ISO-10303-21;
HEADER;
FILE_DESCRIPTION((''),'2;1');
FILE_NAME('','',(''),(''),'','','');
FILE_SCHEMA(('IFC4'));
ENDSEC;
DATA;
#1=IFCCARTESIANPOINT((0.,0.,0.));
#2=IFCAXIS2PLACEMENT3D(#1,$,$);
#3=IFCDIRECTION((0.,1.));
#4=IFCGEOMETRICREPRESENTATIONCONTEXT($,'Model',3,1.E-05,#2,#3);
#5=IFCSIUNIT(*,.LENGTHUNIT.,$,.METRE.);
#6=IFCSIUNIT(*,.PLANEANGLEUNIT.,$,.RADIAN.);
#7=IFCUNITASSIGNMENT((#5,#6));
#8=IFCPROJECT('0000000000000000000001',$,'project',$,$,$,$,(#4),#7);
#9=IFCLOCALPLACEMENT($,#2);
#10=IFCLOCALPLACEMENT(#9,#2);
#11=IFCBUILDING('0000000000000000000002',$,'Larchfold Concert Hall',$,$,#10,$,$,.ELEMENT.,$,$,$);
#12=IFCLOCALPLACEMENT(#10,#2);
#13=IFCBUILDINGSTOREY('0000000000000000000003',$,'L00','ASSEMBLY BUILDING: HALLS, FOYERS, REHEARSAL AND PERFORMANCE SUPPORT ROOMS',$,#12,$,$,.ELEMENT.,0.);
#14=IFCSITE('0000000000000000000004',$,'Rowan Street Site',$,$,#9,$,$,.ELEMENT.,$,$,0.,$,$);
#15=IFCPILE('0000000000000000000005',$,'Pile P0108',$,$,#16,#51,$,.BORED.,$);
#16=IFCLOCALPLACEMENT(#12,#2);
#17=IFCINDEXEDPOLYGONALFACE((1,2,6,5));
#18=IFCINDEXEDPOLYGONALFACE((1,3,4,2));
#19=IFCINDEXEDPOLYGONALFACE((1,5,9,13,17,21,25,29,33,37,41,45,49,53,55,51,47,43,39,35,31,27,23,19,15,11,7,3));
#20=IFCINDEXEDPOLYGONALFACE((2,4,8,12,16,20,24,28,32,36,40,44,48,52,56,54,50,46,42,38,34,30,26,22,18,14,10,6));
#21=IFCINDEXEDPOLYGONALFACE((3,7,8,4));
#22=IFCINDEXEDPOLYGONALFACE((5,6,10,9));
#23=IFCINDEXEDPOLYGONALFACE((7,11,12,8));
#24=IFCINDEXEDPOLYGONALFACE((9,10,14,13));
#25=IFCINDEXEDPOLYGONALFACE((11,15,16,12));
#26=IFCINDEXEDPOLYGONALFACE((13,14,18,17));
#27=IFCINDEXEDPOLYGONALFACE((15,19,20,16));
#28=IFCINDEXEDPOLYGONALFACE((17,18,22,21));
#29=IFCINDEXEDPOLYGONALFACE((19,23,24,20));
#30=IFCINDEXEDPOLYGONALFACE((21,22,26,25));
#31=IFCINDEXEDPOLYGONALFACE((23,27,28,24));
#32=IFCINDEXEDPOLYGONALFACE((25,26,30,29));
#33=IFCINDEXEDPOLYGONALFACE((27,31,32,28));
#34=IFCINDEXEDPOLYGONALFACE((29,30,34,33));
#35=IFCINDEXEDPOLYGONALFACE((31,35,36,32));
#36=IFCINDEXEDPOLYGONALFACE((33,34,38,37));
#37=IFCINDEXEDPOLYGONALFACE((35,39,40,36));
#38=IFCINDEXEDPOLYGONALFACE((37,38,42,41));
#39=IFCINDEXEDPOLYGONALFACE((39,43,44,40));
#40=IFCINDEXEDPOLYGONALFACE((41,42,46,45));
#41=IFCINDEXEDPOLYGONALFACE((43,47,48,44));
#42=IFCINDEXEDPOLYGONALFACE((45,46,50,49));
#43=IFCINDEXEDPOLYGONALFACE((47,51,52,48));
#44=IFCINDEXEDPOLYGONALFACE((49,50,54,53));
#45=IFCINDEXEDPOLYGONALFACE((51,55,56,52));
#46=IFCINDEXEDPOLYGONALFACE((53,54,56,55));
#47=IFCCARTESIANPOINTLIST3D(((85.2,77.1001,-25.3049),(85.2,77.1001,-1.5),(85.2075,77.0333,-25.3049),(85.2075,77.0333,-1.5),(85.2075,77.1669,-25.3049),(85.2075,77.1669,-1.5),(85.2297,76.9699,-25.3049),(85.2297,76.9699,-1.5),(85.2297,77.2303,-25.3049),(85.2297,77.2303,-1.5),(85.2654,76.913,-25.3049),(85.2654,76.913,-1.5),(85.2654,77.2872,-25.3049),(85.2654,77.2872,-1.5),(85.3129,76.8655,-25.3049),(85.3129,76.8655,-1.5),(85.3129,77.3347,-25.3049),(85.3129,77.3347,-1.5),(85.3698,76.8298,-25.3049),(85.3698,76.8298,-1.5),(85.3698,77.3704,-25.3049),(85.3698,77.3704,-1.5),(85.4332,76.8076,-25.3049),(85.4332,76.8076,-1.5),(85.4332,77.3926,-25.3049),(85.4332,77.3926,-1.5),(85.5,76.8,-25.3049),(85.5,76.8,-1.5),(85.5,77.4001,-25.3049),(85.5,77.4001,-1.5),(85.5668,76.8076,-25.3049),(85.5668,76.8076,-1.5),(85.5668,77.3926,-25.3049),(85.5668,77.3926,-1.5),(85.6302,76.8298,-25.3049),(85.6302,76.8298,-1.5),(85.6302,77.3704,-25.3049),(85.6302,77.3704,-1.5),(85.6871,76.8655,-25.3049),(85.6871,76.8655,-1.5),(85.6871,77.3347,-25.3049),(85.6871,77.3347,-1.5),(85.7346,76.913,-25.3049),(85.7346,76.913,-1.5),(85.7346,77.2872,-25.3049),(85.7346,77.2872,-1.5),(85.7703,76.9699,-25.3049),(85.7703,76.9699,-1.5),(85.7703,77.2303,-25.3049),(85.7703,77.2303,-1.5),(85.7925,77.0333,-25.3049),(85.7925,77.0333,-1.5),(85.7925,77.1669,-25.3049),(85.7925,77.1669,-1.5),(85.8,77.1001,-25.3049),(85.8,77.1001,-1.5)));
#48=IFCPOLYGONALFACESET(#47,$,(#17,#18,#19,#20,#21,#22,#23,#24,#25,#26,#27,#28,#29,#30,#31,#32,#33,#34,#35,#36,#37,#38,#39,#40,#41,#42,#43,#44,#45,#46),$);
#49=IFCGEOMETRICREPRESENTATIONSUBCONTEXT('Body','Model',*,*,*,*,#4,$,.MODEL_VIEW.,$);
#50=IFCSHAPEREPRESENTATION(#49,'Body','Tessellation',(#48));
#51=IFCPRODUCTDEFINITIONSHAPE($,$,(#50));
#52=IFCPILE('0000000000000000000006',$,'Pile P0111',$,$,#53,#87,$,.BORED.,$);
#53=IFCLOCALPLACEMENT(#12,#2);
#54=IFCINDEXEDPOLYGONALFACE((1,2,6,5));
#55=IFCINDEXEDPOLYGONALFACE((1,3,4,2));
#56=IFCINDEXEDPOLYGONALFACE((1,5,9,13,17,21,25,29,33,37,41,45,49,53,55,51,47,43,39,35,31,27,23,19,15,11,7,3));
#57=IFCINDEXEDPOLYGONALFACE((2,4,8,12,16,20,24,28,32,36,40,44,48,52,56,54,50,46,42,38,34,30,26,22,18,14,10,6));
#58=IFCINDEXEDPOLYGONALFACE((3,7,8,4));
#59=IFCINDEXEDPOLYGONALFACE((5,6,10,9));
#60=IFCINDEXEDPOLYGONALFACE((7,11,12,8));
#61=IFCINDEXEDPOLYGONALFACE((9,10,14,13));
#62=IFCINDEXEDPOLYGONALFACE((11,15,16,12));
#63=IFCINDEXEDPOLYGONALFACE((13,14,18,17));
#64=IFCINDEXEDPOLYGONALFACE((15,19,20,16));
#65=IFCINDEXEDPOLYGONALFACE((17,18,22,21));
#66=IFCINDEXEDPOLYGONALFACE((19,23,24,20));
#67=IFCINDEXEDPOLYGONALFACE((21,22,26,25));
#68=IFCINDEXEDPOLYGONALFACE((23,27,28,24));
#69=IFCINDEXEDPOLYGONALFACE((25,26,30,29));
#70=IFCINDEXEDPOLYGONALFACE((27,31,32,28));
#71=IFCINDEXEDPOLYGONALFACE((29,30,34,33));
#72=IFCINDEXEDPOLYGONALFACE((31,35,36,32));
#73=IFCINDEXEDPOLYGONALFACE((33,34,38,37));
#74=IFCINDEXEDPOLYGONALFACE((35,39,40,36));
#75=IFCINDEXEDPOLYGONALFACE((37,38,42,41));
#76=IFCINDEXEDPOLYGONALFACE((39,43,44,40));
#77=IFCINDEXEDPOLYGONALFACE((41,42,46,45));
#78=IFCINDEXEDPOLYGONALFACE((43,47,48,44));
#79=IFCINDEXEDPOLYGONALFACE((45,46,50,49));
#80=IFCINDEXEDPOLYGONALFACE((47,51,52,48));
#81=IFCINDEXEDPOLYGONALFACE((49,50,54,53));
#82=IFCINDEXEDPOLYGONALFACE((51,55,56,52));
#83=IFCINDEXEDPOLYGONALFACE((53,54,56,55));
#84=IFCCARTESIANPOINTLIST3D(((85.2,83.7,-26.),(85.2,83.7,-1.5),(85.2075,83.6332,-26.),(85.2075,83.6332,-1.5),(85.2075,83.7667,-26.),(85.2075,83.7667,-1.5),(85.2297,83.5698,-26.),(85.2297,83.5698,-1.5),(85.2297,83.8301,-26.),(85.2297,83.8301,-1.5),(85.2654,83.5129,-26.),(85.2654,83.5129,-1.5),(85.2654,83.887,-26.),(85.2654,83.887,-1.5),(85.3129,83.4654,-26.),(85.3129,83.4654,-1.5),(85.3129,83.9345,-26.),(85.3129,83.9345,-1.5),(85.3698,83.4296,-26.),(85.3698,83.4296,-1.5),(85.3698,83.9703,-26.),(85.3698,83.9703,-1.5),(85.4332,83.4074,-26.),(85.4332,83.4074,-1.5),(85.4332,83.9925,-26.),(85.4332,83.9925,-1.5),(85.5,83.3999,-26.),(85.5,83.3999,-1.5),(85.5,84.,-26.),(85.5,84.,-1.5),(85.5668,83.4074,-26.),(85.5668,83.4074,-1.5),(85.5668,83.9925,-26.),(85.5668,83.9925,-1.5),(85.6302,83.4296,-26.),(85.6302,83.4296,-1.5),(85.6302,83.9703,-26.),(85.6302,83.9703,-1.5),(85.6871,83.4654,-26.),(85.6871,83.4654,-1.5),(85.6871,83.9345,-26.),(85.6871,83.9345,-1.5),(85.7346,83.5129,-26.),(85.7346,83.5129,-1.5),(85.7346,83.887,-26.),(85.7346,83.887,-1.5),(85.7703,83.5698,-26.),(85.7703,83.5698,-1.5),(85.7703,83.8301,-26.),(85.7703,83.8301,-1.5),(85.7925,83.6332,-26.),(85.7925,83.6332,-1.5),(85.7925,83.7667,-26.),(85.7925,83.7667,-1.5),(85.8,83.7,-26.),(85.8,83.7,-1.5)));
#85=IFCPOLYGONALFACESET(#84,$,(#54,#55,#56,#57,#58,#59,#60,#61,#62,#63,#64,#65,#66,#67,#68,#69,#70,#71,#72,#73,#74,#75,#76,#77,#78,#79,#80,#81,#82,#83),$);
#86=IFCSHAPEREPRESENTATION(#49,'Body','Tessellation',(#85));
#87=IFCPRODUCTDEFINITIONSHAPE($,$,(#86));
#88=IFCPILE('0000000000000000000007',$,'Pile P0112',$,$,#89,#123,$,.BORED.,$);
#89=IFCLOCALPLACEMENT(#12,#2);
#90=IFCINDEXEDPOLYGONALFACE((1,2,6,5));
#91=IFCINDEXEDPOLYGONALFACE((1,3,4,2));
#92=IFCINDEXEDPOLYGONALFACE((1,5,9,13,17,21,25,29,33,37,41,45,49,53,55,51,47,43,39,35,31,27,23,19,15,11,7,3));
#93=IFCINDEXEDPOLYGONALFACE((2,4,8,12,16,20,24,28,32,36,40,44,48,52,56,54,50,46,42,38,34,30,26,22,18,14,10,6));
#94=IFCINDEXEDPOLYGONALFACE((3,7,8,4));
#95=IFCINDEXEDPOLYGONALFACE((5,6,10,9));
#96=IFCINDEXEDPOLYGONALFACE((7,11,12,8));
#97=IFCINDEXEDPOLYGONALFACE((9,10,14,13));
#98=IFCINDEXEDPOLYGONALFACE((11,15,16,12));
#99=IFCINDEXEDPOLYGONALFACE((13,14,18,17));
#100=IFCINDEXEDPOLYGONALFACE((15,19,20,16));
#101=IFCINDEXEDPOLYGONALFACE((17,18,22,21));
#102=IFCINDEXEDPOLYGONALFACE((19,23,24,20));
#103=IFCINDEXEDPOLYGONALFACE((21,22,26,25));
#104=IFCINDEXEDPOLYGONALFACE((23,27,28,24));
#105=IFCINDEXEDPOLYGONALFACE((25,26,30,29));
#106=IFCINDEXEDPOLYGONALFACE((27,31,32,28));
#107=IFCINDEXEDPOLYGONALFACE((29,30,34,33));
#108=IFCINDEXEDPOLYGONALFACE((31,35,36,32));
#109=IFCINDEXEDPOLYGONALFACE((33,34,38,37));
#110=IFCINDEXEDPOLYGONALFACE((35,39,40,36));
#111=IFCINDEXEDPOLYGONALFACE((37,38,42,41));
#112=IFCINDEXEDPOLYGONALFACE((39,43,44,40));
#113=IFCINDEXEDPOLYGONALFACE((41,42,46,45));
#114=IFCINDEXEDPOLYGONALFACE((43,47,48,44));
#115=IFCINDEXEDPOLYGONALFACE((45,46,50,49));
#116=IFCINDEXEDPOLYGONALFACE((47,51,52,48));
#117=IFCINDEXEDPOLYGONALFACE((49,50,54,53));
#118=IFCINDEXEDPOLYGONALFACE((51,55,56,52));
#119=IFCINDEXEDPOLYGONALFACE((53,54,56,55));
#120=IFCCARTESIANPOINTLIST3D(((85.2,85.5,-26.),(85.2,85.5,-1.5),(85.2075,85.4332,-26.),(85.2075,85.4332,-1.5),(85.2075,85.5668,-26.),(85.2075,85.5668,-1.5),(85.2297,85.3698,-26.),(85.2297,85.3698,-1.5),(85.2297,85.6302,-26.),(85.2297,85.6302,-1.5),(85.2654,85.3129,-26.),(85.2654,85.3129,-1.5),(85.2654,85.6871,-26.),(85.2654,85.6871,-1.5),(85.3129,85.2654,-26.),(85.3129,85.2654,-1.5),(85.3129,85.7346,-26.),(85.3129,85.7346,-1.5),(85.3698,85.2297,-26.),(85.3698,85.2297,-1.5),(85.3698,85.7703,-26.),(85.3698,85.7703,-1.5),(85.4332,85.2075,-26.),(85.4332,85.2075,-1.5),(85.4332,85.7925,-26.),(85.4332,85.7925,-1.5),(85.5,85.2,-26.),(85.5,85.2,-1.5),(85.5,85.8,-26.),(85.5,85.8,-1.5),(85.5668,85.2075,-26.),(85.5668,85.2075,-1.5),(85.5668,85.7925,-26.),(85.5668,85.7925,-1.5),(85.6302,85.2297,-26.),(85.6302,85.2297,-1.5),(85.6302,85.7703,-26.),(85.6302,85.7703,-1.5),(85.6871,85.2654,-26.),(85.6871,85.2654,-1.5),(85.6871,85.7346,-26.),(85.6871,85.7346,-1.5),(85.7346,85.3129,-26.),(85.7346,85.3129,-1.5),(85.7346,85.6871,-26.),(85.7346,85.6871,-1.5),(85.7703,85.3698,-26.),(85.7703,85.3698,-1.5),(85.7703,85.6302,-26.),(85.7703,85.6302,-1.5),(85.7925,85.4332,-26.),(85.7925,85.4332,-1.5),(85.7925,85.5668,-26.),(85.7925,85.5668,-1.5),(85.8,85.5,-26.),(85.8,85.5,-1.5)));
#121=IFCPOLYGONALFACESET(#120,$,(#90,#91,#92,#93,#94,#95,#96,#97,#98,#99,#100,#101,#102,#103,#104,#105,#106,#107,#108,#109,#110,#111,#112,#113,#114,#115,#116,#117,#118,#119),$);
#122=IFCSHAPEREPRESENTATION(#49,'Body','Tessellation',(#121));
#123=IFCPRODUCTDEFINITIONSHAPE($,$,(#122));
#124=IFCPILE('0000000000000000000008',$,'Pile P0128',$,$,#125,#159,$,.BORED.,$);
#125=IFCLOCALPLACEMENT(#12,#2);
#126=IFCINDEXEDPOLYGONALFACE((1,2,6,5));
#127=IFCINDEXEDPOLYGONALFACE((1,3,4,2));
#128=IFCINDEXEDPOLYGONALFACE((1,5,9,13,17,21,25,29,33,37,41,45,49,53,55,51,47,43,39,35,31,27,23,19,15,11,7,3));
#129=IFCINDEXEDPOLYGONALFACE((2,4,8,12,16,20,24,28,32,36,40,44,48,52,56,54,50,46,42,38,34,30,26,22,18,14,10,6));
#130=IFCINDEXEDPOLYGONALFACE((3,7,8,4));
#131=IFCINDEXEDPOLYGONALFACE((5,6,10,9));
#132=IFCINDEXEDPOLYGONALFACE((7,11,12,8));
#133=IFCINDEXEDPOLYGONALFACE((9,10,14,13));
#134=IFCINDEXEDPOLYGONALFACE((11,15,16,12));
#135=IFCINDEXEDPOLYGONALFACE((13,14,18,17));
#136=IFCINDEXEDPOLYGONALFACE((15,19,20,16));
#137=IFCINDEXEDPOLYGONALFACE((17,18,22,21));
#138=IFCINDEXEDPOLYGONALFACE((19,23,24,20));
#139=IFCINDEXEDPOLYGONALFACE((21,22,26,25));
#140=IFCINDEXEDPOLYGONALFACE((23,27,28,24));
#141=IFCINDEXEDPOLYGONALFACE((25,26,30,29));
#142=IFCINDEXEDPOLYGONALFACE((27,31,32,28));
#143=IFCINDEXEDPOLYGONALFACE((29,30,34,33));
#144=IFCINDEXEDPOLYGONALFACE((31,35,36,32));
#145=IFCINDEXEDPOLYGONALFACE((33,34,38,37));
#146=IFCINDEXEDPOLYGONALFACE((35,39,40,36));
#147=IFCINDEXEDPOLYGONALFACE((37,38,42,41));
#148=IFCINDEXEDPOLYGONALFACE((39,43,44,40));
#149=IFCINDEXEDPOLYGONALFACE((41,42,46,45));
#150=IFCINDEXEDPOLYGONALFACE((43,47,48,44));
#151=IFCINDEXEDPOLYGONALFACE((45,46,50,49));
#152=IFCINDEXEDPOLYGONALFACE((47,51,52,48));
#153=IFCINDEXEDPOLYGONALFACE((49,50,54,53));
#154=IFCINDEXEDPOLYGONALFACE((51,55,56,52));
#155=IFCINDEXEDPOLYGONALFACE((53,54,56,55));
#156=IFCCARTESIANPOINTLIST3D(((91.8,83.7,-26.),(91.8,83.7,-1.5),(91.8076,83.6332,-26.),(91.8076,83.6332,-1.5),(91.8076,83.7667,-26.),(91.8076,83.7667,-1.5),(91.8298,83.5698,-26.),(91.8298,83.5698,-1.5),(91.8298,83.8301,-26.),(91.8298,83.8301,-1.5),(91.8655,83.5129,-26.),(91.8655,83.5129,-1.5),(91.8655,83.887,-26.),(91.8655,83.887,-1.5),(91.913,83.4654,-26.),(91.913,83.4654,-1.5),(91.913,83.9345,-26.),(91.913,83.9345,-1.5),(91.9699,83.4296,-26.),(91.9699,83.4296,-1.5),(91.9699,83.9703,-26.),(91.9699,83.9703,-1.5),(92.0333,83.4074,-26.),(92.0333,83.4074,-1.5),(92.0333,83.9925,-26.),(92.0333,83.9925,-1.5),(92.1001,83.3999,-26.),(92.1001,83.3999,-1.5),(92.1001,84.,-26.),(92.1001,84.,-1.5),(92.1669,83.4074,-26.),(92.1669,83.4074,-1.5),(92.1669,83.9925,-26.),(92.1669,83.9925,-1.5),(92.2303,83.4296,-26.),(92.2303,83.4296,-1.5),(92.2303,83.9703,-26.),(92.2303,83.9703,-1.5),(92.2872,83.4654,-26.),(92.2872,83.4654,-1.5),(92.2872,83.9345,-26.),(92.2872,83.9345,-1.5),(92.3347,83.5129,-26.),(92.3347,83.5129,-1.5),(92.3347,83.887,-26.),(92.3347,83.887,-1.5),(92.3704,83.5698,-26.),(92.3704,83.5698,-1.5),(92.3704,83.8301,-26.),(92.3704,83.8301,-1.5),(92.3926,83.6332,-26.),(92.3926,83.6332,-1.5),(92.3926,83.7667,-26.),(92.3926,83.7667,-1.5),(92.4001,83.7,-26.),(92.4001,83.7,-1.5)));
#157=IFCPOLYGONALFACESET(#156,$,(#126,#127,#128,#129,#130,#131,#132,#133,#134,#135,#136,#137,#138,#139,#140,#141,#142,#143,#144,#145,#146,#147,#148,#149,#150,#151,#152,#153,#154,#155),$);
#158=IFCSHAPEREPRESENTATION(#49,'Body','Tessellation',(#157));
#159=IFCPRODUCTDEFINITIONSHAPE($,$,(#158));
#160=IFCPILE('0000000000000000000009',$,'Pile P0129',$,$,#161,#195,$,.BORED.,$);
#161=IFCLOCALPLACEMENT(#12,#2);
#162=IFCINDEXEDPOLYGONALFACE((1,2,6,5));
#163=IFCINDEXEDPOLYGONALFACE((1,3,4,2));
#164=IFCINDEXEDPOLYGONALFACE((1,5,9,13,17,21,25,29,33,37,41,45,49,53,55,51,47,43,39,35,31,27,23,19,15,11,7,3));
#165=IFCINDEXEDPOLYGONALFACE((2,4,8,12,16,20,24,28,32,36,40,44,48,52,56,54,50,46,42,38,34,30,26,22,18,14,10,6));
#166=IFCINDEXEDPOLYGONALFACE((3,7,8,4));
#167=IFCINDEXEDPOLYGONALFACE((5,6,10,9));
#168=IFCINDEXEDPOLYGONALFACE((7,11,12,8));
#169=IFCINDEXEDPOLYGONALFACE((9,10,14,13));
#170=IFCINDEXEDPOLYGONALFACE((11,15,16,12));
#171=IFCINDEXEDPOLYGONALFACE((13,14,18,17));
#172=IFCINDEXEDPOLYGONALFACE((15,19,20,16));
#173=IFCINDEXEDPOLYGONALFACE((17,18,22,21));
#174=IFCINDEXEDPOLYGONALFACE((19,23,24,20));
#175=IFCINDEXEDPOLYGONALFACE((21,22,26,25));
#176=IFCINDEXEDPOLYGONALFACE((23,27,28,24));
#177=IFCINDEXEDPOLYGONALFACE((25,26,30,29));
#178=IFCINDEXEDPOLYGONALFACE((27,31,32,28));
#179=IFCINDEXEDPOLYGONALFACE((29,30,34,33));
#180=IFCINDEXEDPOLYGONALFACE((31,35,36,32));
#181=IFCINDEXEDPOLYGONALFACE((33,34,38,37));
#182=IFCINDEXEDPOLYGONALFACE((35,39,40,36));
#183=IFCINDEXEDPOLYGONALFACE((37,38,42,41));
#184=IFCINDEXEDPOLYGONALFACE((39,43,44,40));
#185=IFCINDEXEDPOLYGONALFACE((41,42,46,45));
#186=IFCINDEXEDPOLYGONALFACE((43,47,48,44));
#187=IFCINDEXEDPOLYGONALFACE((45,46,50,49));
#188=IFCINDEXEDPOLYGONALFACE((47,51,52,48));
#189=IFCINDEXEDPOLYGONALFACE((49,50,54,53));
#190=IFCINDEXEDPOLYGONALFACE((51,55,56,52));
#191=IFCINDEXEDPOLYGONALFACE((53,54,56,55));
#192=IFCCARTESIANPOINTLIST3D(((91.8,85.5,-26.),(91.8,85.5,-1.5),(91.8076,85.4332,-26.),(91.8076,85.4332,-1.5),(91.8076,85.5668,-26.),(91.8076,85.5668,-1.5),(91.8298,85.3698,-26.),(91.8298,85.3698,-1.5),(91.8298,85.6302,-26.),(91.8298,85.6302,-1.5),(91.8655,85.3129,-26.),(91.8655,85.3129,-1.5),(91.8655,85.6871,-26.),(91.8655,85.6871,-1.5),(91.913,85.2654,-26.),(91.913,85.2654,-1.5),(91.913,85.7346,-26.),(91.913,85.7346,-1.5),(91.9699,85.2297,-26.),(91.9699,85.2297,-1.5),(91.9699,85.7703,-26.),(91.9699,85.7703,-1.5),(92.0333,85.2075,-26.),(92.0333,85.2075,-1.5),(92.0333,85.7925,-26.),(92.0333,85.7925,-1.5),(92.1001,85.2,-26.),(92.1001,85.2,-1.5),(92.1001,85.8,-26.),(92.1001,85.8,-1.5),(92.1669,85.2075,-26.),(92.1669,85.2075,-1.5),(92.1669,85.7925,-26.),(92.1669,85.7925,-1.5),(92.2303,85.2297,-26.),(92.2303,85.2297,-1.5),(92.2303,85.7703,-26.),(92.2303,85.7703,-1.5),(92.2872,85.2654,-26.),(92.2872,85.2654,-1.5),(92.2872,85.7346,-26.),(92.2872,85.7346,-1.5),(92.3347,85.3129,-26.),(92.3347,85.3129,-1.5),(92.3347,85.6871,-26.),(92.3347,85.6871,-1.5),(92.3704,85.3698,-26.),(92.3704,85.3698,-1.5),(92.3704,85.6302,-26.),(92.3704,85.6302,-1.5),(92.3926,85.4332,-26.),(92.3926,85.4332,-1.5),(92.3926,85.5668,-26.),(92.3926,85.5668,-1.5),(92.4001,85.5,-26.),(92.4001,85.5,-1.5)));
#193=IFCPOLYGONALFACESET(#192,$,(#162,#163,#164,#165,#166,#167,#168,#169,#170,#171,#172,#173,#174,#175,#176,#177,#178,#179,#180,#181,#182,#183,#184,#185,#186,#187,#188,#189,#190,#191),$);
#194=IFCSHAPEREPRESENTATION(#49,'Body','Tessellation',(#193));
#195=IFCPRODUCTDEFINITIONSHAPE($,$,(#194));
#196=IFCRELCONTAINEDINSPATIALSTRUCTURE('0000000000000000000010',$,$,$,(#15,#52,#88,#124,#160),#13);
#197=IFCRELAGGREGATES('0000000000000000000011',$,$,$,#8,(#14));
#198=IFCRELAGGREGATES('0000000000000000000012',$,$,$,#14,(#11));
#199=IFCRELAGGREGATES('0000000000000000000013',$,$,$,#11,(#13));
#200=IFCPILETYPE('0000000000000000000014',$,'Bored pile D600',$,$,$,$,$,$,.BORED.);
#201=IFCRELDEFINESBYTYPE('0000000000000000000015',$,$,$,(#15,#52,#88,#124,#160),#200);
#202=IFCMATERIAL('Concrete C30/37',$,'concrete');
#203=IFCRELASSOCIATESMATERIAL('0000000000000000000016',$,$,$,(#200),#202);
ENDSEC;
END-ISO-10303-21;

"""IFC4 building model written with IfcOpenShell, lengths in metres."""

from ifc_helpers import new_model, si_unit, direction, frame, origin, origin_2d, place, context, subcontext, project, spatial, circle, extrude, material, material_profile, profile_set, type_object, element, save


model = new_model("IFC4")

# Units and contexts
model_context = context("Model", 3, precision=1e-05, world=origin(), true_north=direction((0.0, 1.0)))
body_context = subcontext(model_context, "Body", "Model", "MODEL_VIEW")
ifc_project = project(units=[si_unit("LENGTHUNIT", "METRE"), si_unit("PLANEANGLEUNIT", "RADIAN")], contexts=[model_context])

# Site, building, storey
site_placement = place(None, origin())
site = spatial("IfcSite", under=ifc_project, at=site_placement, Name="Rowan Street Site", CompositionType="ELEMENT", RefElevation=0.0)
building_placement = place(site_placement, origin())
building = spatial("IfcBuilding", under=site, at=building_placement, Name="Larchfold Concert Hall", CompositionType="ELEMENT")
storey_placement = place(building_placement, origin())
storey = spatial("IfcBuildingStorey", under=building, at=storey_placement, Name="L00", Description="ASSEMBLY BUILDING: HALLS, FOYERS, REHEARSAL AND PERFORMANCE SUPPORT ROOMS", CompositionType="ELEMENT", Elevation=0.0)

# Piles
ifc_material_1 = material(Name="Concrete C30/37", Category="concrete")
ifc_material_profile_1 = material_profile(ifc_material_1, circle(Radius=0.3, at=origin_2d()))
ifc_profile_set_1 = profile_set([ifc_material_profile_1], Name="Concrete C30/37")
pile_type = type_object("IfcPileType", Name="Bored pile D600", PredefinedType="BORED", material=ifc_profile_set_1)
pile_placement = place(storey_placement, frame((85.5, 77.1001, -1.5), z_axis=(0.0, 0.0, -1.0), x_axis=(1.0, 0.0, 0.0)))
element("IfcPile", 1, at=pile_placement, inside=storey, type_object=pile_type, Name="Pile P0108", PredefinedType="BORED", context=body_context, shape_type="SweptSolid", body=[
    extrude(circle(Radius=0.3, at=origin_2d()), origin(), (0.0, 0.0, 1.0), 23.8049),
])
for number, where, z_axis, x_axis, name in (
    (2, (85.5, 83.7, -1.5), (0.0, 0.0, -1.0), (1.0, 0.0, 0.0), "Pile P0111"),
    (3, (85.5, 85.5, -1.5), (0.0, 0.0, -1.0), (1.0, 0.0, 0.0), "Pile P0112"),
    (4, (92.1001, 83.7, -1.5), (0.0, 0.0, -1.0), (1.0, 0.0, 0.0), "Pile P0128"),
    (5, (92.1001, 85.5, -1.5), (0.0, 0.0, -1.0), (1.0, 0.0, 0.0), "Pile P0129"),
):
    element("IfcPile", number, at=place(storey_placement, frame(where, z_axis=z_axis, x_axis=x_axis)), inside=storey, type_object=pile_type, Name=name, PredefinedType="BORED", context=body_context, shape_type="SweptSolid", body=[
        extrude(circle(Radius=0.3, at=origin_2d()), origin(), (0.0, 0.0, 1.0), 24.5),
    ])

save(model, "model.ifc")
